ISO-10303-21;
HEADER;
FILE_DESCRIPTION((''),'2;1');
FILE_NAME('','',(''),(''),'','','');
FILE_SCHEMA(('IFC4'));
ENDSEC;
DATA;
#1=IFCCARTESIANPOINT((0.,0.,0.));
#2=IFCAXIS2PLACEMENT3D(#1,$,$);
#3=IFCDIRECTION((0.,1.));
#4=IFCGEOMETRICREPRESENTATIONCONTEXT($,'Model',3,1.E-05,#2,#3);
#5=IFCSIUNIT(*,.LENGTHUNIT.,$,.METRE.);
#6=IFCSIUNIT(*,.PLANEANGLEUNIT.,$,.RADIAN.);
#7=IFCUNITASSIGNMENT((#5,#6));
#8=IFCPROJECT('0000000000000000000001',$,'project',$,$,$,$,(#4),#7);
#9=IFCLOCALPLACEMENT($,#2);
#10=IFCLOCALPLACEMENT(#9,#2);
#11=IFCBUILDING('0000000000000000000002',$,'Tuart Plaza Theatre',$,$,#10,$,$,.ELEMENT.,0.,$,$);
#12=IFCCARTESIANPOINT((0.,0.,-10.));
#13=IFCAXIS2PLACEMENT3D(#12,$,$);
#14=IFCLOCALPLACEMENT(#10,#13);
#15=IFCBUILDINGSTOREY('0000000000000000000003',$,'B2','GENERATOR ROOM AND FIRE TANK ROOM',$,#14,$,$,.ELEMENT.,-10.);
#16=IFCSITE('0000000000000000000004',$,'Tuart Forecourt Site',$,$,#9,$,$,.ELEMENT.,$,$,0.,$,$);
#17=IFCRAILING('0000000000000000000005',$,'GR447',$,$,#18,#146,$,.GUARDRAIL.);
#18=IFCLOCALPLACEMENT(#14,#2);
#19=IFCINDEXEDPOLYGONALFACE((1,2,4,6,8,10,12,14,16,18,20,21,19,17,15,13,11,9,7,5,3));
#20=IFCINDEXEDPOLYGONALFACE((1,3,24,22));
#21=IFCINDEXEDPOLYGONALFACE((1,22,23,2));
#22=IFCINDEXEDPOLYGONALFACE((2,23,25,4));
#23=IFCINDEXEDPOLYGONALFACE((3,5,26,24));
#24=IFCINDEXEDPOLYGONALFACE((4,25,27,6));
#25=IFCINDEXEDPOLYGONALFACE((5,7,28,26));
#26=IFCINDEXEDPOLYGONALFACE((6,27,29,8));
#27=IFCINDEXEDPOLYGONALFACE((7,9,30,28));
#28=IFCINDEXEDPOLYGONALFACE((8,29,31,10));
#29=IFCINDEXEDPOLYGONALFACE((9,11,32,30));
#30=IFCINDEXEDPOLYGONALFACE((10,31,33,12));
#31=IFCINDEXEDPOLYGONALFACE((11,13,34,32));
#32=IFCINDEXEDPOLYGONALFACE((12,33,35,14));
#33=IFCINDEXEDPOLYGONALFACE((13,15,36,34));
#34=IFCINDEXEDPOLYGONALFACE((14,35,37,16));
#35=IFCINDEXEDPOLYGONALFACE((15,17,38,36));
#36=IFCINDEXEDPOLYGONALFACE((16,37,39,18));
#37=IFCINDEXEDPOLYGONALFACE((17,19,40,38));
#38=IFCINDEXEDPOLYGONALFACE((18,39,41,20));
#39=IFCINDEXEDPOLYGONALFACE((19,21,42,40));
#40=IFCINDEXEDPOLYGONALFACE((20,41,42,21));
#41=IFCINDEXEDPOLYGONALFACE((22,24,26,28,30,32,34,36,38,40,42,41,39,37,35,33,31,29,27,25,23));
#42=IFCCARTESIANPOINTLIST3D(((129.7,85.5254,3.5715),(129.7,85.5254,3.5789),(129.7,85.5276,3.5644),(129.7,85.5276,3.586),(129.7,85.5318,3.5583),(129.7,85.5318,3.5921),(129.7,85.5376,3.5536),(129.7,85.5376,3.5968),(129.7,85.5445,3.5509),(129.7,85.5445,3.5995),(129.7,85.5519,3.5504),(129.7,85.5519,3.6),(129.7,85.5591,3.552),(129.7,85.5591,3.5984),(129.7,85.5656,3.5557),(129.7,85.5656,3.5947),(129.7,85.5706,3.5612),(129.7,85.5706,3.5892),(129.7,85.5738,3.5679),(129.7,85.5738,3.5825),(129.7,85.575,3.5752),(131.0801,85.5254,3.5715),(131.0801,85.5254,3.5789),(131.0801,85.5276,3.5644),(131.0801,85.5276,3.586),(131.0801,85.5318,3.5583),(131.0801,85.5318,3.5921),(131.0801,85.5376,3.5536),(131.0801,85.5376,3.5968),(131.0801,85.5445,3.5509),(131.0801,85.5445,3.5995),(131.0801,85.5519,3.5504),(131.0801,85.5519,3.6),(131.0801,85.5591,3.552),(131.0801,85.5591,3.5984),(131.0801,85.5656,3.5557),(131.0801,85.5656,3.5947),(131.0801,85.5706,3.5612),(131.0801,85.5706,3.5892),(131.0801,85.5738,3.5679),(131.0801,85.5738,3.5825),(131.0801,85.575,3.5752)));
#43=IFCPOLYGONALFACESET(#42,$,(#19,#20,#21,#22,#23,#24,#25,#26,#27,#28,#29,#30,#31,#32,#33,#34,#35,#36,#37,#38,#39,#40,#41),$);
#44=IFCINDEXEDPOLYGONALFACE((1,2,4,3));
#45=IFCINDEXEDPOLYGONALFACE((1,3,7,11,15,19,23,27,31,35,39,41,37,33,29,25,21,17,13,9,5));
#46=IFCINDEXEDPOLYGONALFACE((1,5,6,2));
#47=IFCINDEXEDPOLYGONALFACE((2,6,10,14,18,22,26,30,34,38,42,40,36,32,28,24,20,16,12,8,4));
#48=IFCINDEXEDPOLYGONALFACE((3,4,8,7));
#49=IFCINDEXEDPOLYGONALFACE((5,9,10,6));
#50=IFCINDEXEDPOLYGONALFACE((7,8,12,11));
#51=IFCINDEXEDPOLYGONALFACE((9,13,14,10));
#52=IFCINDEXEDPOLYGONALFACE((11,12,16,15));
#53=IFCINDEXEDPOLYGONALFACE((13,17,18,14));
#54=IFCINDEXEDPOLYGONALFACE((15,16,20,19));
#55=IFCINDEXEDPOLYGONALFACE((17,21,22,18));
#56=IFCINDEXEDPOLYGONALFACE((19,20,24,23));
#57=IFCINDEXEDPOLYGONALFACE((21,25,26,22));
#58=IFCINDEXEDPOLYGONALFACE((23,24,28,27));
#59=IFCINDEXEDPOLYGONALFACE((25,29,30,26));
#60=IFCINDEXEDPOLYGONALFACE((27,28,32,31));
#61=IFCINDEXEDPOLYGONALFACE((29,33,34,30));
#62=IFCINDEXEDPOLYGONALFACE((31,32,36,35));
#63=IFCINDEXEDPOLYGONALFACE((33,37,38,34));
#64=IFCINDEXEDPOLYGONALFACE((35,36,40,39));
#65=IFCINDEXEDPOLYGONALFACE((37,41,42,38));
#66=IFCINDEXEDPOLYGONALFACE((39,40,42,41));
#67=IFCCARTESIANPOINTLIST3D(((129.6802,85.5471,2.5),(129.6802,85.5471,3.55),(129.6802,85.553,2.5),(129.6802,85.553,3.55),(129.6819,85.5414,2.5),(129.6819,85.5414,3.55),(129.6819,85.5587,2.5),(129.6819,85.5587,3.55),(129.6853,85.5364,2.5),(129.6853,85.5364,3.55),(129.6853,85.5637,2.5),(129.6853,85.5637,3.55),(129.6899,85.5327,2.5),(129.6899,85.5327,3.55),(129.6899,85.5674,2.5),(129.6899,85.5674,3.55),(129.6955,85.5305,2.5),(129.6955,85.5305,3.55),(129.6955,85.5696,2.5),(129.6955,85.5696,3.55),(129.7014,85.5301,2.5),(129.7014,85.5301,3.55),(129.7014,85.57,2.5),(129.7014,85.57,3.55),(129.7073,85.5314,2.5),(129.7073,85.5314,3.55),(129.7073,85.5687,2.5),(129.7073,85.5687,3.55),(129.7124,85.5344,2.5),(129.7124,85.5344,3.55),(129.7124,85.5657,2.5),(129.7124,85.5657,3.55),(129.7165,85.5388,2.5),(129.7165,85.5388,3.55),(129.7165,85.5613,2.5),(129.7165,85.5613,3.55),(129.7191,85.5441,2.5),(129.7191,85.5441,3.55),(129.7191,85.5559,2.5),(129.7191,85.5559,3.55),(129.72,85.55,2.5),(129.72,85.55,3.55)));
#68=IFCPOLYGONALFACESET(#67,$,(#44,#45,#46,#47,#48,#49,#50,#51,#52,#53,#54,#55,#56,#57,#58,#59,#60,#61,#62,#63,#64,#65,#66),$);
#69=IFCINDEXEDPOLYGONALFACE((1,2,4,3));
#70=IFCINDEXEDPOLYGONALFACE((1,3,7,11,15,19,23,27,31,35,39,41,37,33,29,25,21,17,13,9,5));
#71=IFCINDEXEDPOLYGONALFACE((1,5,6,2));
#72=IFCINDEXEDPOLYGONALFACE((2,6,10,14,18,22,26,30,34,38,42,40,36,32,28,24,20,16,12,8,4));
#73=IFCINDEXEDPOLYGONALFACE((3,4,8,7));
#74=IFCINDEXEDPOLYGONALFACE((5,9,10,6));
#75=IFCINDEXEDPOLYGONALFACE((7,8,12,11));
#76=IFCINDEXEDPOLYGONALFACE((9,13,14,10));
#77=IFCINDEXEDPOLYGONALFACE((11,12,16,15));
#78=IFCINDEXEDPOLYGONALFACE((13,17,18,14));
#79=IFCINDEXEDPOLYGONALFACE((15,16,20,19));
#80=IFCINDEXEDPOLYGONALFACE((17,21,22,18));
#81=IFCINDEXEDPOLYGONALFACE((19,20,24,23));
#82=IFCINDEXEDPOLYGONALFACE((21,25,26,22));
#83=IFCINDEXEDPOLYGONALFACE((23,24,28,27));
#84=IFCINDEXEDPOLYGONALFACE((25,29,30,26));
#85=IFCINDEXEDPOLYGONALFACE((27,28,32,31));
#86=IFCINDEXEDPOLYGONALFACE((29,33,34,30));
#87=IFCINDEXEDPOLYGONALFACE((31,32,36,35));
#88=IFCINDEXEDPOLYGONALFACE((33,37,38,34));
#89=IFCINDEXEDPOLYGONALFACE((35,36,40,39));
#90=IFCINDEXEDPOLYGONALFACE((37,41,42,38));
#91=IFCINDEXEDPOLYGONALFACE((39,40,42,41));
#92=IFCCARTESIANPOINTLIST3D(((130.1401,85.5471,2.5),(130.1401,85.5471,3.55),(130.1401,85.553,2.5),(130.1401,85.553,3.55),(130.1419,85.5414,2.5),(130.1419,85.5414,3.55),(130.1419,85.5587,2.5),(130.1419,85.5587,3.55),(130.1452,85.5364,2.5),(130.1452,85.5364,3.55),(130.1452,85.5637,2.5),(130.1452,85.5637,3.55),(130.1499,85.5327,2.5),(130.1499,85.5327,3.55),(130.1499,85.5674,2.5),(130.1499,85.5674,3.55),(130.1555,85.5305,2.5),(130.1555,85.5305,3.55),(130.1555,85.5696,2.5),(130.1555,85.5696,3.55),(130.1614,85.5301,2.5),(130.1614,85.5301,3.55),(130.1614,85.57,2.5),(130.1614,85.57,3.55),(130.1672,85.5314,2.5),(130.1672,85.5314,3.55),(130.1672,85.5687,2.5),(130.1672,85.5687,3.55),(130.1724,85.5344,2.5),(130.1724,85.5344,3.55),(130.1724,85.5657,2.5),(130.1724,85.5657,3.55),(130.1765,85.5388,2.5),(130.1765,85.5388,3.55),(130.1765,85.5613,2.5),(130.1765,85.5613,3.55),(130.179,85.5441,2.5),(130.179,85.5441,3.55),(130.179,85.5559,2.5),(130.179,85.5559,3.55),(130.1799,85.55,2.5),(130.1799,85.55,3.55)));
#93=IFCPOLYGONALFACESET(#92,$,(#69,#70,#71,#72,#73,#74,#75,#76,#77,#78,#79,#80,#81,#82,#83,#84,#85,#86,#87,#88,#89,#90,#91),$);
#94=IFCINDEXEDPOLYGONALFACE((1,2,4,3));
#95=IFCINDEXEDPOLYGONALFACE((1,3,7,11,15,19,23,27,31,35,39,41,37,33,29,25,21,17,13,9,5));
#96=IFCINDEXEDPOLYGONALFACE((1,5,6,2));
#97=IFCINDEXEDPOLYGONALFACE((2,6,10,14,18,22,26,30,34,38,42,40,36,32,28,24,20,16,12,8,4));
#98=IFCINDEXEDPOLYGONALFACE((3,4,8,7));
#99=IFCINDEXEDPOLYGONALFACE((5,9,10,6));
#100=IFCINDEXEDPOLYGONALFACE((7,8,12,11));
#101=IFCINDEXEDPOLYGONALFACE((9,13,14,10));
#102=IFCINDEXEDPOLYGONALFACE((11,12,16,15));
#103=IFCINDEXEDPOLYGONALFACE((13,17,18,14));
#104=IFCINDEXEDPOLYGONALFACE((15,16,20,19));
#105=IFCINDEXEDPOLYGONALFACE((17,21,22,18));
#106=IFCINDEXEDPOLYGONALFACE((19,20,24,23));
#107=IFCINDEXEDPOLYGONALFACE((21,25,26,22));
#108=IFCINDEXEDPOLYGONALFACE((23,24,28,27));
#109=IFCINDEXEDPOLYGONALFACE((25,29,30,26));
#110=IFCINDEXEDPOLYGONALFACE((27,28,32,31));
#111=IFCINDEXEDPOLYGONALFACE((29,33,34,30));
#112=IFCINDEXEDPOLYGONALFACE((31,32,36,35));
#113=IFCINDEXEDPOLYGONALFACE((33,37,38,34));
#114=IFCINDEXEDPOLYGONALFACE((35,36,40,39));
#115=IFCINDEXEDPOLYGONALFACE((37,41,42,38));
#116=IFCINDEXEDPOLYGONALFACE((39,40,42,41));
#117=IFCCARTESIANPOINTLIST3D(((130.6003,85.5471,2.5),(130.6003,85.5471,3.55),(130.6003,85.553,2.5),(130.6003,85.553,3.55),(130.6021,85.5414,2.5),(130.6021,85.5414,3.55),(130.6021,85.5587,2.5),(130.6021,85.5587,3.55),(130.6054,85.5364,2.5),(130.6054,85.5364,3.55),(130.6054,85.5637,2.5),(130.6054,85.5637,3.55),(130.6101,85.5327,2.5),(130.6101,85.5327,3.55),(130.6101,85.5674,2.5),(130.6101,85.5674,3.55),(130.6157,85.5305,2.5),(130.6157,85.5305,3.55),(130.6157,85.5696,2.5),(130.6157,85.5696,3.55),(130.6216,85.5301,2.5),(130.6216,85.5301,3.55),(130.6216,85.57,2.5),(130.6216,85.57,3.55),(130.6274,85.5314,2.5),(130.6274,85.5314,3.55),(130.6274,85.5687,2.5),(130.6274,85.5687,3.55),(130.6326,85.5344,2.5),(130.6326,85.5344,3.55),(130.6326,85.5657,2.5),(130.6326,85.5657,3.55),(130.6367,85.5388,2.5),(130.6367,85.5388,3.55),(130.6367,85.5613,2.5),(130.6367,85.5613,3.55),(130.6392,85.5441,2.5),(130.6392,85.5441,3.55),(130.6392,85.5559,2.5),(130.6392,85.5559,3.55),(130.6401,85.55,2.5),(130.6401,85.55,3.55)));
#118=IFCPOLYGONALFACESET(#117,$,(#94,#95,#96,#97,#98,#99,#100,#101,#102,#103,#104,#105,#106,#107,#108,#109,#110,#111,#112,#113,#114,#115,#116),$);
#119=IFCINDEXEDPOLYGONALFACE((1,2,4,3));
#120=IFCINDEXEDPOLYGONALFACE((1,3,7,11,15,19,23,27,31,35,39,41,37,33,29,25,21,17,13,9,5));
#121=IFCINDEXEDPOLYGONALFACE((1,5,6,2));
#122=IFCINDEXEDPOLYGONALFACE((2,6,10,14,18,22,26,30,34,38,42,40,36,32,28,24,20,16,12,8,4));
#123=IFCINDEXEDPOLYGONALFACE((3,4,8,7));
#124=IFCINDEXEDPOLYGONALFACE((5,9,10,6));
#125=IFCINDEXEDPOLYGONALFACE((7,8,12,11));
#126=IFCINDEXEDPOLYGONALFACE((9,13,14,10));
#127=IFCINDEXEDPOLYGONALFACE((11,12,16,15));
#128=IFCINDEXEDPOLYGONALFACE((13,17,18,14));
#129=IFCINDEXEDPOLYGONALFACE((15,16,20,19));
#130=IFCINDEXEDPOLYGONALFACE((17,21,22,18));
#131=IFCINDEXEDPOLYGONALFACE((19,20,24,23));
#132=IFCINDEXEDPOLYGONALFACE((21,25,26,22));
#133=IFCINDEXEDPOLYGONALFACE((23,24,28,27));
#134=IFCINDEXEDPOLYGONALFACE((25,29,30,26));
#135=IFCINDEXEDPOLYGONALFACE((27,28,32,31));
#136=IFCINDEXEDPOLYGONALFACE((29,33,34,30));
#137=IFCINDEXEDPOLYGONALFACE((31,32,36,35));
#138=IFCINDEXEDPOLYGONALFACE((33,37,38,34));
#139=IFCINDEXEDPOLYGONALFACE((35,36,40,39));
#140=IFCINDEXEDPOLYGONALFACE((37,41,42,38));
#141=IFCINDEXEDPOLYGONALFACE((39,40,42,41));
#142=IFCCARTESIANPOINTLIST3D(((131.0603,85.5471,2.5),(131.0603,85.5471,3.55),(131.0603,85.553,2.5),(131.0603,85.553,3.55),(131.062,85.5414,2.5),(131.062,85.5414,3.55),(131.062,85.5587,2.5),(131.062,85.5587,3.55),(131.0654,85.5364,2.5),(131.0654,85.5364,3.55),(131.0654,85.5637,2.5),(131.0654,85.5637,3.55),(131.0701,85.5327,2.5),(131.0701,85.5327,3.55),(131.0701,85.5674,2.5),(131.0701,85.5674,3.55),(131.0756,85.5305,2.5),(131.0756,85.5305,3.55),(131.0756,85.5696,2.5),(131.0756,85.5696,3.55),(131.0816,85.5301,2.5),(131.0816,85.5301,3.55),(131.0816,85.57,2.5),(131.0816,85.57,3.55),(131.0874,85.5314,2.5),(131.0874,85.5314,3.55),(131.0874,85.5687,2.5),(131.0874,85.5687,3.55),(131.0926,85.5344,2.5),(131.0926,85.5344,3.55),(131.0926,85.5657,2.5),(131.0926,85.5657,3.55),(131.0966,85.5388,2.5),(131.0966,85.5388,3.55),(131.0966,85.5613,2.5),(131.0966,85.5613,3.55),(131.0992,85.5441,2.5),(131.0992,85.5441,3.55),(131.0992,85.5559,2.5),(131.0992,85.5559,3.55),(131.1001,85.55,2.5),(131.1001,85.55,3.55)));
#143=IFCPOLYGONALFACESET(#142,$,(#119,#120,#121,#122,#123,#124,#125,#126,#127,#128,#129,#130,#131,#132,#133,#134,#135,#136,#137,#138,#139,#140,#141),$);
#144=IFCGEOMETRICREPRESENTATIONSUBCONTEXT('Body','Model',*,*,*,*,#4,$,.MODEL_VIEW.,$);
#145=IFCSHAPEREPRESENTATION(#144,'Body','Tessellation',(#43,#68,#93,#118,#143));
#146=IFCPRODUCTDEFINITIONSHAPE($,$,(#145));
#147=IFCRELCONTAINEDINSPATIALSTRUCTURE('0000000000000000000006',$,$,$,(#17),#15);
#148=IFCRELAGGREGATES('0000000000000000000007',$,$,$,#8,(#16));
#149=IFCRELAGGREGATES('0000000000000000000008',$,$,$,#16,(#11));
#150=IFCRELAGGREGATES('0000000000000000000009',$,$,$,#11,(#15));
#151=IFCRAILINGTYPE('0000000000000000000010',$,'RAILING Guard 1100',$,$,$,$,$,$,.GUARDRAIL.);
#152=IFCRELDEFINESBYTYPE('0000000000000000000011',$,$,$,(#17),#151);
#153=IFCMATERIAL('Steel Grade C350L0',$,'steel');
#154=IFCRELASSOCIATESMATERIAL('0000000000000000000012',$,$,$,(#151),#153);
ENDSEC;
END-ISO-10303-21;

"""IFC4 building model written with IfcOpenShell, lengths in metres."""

from ifc_helpers import new_model, si_unit, direction, frame, origin, origin_2d, place, context, subcontext, project, spatial, circle, extrude, material, type_object, element, save


model = new_model("IFC4")

# Units and contexts
model_context = context("Model", 3, precision=1e-05, world=origin(), true_north=direction((0.0, 1.0)))
body_context = subcontext(model_context, "Body", "Model", "MODEL_VIEW")
ifc_project = project(units=[si_unit("LENGTHUNIT", "METRE"), si_unit("PLANEANGLEUNIT", "RADIAN")], contexts=[model_context])

# Site, building, storey
site_placement = place(None, origin())
site = spatial("IfcSite", under=ifc_project, at=site_placement, Name="Tuart Forecourt Site", CompositionType="ELEMENT", RefElevation=0.0)
building_placement = place(site_placement, origin())
building = spatial("IfcBuilding", under=site, at=building_placement, Name="Tuart Plaza Theatre", CompositionType="ELEMENT", ElevationOfRefHeight=0.0)
storey_placement = place(building_placement, frame((0.0, 0.0, -10.0)))
storey = spatial("IfcBuildingStorey", under=building, at=storey_placement, Name="B2", Description="GENERATOR ROOM AND FIRE TANK ROOM", CompositionType="ELEMENT", Elevation=-10.0)

# Railing
ifc_material_1 = material(Name="Steel Grade C350L0", Category="steel")
railing_type_1 = type_object("IfcRailingType", Name="RAILING Guard 1100", PredefinedType="GUARDRAIL", material=ifc_material_1)
railing_1_placement = place(storey_placement, frame((129.7, 85.55, 2.5)))
element("IfcRailing", 1, at=railing_1_placement, inside=storey, type_object=railing_type_1, Name="GR447", PredefinedType="GUARDRAIL", context=body_context, shape_type="SweptSolid", body=[
    extrude(circle(Radius=0.0249, at=origin_2d()), frame((0.0, 0.0, 1.0752), z_axis=(1.0, 0.0, 0.0), x_axis=(0.0, 1.0, 0.0)), (0.0, 0.0, 1.0), 1.3801),
    extrude(circle(Radius=0.02, at=origin_2d()), origin(), (0.0, 0.0, 1.0), 1.05),
    extrude(circle(Radius=0.02, at=origin_2d()), frame((0.46, 0.0, 0.0)), (0.0, 0.0, 1.0), 1.05),
    extrude(circle(Radius=0.02, at=origin_2d()), frame((0.9202, 0.0, 0.0)), (0.0, 0.0, 1.0), 1.05),
    extrude(circle(Radius=0.02, at=origin_2d()), frame((1.3801, 0.0, 0.0)), (0.0, 0.0, 1.0), 1.05),
])

save(model, "model.ifc")
